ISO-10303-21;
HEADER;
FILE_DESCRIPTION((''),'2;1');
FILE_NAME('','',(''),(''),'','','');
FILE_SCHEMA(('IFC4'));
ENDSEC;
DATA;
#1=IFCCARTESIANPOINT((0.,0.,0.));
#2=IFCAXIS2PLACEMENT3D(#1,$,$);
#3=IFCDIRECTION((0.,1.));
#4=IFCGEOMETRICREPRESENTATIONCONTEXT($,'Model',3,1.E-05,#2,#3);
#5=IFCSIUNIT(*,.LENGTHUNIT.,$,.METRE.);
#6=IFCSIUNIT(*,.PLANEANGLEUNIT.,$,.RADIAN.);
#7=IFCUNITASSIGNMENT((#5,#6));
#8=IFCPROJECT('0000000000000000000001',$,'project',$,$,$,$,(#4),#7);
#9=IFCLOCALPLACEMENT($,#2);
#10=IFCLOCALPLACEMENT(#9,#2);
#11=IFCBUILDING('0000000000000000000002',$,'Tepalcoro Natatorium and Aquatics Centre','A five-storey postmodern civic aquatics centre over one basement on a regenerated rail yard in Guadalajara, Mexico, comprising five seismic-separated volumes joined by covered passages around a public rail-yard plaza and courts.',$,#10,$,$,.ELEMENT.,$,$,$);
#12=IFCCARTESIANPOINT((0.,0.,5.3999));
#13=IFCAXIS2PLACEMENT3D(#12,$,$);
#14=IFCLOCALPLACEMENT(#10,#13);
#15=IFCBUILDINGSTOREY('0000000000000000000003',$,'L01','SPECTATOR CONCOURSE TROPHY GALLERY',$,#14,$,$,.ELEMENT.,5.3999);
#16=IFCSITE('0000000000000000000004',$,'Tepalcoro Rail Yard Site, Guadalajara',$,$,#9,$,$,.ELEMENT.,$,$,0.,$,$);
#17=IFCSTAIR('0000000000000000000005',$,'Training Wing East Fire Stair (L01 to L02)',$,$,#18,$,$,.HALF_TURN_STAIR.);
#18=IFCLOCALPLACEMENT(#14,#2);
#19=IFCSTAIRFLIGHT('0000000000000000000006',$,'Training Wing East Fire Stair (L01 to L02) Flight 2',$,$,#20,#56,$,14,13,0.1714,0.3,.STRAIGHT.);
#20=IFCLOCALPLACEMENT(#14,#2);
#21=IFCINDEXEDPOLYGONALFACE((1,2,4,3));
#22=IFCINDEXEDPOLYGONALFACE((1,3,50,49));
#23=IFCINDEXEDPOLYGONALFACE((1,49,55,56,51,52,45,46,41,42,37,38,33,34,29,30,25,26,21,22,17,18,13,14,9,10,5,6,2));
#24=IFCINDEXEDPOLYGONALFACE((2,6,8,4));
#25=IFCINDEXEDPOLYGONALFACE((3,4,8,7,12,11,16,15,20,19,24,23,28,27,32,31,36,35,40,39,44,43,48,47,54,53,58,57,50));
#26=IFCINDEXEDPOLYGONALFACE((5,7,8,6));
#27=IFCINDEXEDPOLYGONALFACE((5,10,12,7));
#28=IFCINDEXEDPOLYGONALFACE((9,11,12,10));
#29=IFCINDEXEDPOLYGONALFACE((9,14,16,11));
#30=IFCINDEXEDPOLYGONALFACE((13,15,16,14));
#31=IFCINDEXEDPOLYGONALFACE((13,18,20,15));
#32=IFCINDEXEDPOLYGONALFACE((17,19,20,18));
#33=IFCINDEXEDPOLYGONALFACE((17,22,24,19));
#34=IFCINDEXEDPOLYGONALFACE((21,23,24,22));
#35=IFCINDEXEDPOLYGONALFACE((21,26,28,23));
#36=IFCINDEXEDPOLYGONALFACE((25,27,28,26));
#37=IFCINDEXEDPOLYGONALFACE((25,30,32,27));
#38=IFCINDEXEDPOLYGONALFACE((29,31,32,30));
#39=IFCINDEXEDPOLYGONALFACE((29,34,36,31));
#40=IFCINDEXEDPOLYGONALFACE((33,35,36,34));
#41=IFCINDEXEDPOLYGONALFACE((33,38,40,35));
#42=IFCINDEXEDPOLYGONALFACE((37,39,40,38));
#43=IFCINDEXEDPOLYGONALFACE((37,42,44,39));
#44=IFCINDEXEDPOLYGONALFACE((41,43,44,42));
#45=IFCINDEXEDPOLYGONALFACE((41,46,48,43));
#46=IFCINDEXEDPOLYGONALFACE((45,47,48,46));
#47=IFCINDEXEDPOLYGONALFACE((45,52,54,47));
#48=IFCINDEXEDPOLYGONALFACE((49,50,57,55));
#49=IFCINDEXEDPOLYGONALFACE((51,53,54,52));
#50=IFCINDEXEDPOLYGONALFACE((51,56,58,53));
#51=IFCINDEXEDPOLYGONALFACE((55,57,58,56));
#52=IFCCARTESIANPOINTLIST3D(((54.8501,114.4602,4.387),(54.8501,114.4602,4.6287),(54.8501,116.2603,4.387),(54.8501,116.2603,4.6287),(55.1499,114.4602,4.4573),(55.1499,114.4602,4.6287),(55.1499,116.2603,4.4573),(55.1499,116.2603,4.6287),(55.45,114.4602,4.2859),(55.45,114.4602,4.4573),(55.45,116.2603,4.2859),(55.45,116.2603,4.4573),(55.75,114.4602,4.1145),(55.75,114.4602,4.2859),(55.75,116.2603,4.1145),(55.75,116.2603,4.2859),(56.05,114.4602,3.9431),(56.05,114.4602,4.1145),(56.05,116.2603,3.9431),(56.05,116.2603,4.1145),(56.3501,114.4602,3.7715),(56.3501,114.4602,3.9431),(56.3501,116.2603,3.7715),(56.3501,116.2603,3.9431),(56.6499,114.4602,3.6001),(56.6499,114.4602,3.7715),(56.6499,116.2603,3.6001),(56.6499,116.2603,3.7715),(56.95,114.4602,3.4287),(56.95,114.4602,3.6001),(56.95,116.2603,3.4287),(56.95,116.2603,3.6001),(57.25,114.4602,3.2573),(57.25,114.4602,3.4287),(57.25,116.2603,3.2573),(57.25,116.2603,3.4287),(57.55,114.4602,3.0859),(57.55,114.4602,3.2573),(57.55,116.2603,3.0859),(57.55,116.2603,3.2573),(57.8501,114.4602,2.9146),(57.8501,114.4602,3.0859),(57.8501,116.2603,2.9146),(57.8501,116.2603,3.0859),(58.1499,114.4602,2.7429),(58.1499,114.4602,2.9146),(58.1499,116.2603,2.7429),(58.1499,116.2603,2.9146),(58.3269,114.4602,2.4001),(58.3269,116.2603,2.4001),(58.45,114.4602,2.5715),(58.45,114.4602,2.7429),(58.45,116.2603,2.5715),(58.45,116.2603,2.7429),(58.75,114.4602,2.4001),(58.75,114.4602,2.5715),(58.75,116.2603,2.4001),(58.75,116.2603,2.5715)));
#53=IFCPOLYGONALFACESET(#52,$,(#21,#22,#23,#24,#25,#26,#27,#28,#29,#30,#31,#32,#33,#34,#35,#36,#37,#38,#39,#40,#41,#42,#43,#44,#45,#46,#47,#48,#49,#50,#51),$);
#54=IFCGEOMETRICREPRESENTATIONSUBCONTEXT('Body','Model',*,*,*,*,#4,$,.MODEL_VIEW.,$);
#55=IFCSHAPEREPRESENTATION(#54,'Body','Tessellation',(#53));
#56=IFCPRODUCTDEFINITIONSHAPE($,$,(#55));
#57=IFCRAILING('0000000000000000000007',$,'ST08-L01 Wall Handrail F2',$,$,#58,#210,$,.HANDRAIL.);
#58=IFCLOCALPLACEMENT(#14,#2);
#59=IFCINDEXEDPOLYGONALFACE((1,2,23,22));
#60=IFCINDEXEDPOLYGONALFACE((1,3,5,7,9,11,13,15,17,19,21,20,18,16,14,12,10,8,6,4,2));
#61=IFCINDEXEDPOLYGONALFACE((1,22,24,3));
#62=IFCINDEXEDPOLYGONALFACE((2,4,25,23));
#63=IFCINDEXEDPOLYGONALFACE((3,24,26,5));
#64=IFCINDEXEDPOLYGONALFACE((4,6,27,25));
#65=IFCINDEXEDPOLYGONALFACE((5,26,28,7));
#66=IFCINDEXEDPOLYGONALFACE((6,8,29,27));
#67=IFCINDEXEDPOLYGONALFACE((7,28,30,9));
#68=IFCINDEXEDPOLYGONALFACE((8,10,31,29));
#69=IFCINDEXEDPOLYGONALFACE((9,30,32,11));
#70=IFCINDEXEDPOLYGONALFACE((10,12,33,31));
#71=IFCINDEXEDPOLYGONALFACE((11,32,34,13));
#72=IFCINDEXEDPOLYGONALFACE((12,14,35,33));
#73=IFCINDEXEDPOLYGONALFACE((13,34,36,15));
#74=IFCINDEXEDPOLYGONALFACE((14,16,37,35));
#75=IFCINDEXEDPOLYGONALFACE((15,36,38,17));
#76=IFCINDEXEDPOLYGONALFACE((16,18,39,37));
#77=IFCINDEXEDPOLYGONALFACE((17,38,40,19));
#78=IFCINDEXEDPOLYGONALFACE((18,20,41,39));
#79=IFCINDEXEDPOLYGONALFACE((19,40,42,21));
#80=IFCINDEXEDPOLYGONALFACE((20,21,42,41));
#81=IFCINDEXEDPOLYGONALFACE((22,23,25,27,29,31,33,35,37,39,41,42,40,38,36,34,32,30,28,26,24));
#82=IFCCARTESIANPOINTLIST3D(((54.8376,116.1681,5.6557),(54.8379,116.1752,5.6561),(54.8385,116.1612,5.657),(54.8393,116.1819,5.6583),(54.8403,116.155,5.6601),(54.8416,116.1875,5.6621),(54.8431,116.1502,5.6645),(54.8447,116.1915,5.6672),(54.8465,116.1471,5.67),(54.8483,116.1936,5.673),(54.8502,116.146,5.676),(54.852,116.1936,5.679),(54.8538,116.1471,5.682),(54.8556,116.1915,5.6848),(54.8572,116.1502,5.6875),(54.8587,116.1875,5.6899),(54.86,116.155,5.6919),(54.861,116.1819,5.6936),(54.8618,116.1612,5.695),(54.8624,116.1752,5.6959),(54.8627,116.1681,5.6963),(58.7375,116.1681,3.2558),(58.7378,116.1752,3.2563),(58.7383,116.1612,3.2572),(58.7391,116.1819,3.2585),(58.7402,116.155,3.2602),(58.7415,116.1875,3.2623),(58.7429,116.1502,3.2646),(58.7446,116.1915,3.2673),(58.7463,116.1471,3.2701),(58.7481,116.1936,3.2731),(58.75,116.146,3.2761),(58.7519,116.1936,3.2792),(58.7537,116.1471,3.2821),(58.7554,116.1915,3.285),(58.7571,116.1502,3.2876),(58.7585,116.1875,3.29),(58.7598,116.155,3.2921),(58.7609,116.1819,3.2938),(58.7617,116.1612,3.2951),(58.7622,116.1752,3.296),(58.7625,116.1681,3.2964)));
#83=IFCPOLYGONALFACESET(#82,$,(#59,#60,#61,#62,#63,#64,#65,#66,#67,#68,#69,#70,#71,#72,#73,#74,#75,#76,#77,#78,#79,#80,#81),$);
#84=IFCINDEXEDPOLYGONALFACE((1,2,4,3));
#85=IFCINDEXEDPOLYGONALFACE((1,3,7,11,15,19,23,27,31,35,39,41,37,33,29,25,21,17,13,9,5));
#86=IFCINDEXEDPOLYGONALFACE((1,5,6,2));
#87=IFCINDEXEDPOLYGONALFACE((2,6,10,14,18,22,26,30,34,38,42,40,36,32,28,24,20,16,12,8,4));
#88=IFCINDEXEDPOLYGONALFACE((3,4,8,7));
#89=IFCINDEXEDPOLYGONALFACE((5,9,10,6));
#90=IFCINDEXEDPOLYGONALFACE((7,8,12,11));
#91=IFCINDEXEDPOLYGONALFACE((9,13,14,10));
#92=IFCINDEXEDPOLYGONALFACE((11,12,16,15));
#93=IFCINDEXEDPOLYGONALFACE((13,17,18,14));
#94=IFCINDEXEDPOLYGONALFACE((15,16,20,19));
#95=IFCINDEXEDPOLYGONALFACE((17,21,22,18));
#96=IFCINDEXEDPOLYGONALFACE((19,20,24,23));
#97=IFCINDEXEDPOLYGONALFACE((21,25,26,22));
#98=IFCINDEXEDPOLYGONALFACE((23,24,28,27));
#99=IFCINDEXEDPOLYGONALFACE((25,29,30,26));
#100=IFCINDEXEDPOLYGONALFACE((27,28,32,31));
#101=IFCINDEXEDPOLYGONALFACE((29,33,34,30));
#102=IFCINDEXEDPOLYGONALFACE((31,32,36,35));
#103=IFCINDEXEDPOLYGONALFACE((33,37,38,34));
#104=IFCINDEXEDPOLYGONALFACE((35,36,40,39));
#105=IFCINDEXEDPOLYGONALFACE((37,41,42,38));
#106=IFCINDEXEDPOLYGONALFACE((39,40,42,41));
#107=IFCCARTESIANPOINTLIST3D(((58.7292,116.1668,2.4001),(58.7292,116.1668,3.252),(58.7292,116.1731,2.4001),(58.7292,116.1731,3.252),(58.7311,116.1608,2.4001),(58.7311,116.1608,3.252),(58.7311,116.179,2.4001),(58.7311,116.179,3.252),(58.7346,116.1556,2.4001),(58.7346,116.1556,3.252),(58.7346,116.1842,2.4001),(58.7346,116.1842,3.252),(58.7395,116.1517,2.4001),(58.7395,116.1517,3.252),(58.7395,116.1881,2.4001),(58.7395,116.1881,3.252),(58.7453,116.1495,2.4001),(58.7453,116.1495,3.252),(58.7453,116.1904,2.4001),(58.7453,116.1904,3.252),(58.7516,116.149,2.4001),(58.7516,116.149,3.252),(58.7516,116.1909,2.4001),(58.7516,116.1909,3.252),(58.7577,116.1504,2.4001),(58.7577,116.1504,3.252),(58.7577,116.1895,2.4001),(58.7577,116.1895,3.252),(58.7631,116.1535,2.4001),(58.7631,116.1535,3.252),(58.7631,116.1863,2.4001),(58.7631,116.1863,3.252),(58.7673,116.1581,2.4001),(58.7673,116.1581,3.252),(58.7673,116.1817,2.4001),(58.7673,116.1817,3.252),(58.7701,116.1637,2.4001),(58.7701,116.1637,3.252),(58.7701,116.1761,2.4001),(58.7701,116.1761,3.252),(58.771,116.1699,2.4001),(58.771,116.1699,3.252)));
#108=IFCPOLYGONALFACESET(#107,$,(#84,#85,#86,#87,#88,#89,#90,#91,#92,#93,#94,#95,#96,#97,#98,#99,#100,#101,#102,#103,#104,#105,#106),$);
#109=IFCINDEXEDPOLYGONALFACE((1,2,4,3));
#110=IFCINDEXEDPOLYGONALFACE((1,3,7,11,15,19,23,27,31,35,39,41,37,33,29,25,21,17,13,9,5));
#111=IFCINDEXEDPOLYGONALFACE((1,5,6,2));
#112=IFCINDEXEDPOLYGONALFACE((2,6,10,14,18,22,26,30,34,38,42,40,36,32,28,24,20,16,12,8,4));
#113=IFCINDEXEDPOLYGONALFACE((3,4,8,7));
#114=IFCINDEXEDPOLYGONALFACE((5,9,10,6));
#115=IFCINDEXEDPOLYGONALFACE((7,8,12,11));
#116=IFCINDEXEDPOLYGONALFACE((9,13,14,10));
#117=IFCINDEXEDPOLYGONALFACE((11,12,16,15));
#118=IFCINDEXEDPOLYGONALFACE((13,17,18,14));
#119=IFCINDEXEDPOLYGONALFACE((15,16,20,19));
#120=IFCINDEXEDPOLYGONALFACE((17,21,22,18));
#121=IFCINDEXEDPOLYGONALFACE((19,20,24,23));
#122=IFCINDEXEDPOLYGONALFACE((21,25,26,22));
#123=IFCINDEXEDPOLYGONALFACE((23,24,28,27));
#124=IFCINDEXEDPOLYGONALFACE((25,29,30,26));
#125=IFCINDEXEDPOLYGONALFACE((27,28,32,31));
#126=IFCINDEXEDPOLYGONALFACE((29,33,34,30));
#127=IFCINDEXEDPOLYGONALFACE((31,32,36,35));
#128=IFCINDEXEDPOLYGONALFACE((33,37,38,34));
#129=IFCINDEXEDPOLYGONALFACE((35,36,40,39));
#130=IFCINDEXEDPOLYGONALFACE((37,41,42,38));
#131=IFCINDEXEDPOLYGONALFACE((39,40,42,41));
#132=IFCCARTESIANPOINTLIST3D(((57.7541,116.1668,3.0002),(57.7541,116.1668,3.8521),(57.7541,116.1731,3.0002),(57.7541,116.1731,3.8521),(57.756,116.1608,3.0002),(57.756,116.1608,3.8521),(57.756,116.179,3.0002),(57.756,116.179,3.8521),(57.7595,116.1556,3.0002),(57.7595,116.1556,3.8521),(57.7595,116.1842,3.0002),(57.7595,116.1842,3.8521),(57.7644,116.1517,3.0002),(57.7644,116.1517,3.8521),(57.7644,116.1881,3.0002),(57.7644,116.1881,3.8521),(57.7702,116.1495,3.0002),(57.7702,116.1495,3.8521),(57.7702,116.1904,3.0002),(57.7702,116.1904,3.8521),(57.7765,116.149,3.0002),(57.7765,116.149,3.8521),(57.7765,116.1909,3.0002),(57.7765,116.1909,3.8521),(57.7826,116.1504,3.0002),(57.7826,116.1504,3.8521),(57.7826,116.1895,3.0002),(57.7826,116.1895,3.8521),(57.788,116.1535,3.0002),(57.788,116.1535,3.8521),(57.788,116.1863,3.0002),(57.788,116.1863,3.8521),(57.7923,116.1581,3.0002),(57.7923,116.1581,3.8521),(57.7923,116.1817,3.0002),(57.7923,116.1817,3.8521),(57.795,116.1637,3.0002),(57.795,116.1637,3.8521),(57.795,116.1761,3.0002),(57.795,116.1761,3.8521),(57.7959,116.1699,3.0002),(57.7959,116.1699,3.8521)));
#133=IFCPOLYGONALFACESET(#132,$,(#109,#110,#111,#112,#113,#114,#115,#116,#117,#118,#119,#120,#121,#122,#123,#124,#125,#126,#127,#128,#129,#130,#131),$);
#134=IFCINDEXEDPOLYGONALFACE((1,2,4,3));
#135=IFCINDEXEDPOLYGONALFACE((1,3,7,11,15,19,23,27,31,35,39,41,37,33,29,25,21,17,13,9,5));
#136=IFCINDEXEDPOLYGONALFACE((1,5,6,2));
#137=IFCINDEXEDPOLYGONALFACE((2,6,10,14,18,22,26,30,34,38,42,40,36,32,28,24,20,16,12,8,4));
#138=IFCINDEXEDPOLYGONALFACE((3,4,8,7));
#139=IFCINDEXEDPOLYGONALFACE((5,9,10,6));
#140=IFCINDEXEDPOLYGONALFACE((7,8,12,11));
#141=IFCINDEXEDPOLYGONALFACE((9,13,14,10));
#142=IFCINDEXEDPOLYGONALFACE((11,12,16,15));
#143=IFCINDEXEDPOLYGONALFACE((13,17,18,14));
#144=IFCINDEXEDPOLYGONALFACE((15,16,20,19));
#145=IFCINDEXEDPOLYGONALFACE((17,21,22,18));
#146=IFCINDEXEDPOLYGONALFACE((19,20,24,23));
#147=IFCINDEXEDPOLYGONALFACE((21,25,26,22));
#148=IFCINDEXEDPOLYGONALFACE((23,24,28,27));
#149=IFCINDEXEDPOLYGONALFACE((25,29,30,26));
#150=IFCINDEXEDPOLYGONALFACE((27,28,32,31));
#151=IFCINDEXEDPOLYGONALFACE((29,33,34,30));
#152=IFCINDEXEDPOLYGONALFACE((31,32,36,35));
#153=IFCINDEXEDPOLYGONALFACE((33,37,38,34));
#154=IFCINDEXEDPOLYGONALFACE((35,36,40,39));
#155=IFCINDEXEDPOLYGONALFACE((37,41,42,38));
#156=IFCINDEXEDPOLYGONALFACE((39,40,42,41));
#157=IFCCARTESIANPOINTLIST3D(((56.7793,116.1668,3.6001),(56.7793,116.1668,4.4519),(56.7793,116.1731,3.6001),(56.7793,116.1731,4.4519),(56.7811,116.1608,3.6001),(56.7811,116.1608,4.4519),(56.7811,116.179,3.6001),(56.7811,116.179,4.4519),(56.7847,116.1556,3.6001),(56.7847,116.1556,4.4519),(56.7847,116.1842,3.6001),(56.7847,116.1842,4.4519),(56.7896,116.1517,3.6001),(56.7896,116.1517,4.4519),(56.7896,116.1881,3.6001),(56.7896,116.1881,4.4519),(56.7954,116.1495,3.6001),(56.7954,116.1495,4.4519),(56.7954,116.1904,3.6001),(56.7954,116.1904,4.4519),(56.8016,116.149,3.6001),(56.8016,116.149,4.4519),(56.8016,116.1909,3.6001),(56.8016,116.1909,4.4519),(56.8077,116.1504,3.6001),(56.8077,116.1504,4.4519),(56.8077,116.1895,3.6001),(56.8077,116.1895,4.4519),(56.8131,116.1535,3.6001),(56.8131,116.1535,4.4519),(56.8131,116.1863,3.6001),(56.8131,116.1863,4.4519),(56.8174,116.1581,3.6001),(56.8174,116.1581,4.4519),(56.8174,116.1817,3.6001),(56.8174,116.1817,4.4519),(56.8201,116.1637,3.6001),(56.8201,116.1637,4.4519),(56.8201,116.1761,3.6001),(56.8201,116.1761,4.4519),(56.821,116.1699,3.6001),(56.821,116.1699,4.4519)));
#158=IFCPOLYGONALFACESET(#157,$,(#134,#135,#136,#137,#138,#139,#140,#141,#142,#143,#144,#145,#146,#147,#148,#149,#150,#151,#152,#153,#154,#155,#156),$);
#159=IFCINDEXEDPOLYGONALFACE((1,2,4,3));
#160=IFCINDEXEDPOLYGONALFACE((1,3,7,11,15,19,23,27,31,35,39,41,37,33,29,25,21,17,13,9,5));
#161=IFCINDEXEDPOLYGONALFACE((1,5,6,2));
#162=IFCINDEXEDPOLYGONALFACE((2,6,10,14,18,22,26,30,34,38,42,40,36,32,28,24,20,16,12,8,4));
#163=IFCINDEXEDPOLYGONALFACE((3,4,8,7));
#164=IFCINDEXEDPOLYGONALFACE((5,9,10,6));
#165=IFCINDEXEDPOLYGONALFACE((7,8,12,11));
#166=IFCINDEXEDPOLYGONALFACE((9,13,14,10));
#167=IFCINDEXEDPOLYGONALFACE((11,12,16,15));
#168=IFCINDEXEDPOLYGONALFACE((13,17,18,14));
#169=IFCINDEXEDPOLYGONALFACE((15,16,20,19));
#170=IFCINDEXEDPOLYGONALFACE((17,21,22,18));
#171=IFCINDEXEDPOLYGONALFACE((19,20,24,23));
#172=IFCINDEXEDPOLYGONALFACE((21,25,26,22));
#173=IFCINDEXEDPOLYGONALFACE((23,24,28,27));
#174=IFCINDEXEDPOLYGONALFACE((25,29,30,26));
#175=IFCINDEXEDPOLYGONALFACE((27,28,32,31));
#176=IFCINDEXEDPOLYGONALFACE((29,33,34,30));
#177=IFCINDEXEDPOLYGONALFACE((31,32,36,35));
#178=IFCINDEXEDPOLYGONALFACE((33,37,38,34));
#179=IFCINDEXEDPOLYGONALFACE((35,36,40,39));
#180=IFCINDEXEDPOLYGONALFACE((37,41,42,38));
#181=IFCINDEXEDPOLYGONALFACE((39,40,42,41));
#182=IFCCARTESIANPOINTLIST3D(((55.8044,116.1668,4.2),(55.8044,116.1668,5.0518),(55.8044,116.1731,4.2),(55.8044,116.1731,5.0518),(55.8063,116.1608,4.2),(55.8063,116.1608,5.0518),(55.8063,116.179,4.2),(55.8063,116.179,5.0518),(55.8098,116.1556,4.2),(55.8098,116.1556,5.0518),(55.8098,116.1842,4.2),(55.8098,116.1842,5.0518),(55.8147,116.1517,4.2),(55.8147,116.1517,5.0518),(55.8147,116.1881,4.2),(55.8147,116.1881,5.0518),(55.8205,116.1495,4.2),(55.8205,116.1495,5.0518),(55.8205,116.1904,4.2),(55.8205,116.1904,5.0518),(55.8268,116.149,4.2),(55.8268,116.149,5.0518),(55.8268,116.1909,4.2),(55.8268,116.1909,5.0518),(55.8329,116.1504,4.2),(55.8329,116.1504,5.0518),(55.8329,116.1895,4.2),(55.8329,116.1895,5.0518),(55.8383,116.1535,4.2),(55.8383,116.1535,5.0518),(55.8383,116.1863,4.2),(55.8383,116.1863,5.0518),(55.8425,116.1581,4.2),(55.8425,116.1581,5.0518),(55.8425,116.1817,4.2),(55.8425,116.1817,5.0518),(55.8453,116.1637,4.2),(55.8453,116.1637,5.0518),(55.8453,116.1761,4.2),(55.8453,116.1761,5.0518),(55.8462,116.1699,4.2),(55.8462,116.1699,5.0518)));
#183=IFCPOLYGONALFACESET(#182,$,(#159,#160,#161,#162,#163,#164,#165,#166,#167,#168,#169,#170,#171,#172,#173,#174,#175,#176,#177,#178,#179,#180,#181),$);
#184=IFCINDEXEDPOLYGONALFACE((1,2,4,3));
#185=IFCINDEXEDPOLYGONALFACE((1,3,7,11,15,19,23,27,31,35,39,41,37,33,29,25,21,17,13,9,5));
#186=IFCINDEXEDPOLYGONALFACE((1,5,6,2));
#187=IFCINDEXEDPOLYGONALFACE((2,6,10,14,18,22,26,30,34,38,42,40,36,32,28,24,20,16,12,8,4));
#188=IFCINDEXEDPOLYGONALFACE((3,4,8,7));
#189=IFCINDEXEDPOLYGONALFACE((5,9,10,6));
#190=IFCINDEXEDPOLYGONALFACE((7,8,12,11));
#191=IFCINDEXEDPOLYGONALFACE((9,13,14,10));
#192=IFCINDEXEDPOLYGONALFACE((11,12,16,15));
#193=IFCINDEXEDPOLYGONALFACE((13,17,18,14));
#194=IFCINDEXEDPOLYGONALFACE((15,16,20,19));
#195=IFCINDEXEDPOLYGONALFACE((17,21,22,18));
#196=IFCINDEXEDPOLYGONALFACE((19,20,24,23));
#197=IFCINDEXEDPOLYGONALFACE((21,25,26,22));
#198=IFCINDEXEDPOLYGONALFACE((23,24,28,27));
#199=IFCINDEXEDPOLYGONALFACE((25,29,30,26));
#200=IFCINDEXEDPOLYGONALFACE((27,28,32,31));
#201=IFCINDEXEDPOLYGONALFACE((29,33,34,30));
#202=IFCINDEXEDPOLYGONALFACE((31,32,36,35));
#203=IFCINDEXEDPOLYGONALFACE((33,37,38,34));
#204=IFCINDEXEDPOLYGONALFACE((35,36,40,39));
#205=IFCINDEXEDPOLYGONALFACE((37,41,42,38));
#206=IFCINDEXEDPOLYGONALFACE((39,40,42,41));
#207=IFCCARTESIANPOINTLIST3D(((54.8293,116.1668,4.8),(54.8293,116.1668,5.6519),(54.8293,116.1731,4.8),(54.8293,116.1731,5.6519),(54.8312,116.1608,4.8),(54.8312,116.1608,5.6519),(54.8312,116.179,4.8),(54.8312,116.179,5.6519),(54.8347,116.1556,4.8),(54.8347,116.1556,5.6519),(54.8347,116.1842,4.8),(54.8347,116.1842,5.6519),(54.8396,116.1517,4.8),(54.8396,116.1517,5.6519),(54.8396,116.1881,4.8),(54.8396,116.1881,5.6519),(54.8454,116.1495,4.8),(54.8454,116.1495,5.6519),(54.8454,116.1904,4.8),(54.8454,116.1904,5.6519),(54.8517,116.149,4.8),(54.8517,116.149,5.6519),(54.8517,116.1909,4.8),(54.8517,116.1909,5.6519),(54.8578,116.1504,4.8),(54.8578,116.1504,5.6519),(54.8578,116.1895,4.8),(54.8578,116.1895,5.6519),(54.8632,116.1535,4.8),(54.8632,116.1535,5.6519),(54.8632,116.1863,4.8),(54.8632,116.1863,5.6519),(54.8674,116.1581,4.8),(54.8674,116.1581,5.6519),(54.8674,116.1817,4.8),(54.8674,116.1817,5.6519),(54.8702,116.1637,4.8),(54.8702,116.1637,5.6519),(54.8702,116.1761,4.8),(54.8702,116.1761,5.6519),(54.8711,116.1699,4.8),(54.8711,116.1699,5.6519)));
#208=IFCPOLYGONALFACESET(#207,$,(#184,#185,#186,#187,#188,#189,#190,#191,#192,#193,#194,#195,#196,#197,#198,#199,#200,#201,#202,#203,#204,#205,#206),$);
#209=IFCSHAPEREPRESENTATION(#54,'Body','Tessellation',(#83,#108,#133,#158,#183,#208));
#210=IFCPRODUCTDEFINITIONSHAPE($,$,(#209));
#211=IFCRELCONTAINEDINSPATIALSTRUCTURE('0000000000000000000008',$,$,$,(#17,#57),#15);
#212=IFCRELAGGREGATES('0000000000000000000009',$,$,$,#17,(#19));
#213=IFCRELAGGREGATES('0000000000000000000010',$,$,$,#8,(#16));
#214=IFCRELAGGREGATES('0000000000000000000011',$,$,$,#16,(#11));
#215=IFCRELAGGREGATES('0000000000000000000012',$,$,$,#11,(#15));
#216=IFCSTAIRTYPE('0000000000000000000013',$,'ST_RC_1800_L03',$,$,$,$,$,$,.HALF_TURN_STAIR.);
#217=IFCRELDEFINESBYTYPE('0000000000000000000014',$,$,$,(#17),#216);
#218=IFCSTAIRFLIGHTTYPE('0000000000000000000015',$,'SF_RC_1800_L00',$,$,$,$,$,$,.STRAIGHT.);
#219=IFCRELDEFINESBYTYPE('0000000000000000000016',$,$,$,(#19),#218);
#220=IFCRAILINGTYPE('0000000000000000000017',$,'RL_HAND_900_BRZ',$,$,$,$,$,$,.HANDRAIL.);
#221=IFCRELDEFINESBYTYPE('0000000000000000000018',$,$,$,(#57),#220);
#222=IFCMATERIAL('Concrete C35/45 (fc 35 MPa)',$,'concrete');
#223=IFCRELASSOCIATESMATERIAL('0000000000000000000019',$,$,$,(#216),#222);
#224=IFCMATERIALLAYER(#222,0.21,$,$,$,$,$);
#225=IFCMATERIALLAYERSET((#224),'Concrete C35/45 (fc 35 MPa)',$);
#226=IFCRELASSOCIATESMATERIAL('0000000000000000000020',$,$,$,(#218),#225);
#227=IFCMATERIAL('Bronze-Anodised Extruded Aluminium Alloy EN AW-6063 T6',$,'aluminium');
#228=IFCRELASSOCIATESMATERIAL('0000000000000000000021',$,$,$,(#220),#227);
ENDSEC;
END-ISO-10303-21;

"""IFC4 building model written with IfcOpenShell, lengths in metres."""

from ifc_helpers import new_model, si_unit, direction, frame, origin, origin_2d, place, context, subcontext, project, spatial, polyline, circle, outline, extrude, material, layer, layer_set, type_object, element, aggregate, save


model = new_model("IFC4")

# Units and contexts
model_context = context("Model", 3, precision=1e-05, world=origin(), true_north=direction((0.0, 1.0)))
body_context = subcontext(model_context, "Body", "Model", "MODEL_VIEW")
ifc_project = project(units=[si_unit("LENGTHUNIT", "METRE"), si_unit("PLANEANGLEUNIT", "RADIAN")], contexts=[model_context])

# Site, building, storey
site_placement = place(None, origin())
site = spatial("IfcSite", under=ifc_project, at=site_placement, Name="Tepalcoro Rail Yard Site, Guadalajara", CompositionType="ELEMENT", RefElevation=0.0)
building_placement = place(site_placement, origin())
building = spatial("IfcBuilding", under=site, at=building_placement, Name="Tepalcoro Natatorium and Aquatics Centre", Description="A five-storey postmodern civic aquatics centre over one basement on a regenerated rail yard in Guadalajara, Mexico, comprising five seismic-separated volumes joined by covered passages around a public rail-yard plaza and courts.", CompositionType="ELEMENT")
storey_placement = place(building_placement, frame((0.0, 0.0, 5.3999)))
storey = spatial("IfcBuildingStorey", under=building, at=storey_placement, Name="L01", Description="SPECTATOR CONCOURSE TROPHY GALLERY", CompositionType="ELEMENT", Elevation=5.3999)

# Shared definitions
ifc_material_1 = material(Name="Bronze-Anodised Extruded Aluminium Alloy EN AW-6063 T6", Category="aluminium")

# Stair, stair flight
ifc_material_2 = material(Name="Concrete C35/45 (fc 35 MPa)", Category="concrete")
stair_type = type_object("IfcStairType", Name="ST_RC_1800_L03", PredefinedType="HALF_TURN_STAIR", material=ifc_material_2)
stair_placement = place(storey_placement, origin())
stair = element("IfcStair", 1, at=stair_placement, inside=storey, type_object=stair_type, Name="Training Wing East Fire Stair (L01 to L02)", PredefinedType="HALF_TURN_STAIR")
ifc_layer_1 = layer(ifc_material_2, 0.21)
ifc_layer_set_1 = layer_set([ifc_layer_1], Name="Concrete C35/45 (fc 35 MPa)")
stair_flight_type = type_object("IfcStairFlightType", Name="SF_RC_1800_L00", PredefinedType="STRAIGHT", material=ifc_layer_set_1)
stair_flight_placement = place(storey_placement, frame((58.75, 115.3601, 2.4001), z_axis=(0.0, 0.0, 1.0), x_axis=(-1.0, 0.0, 0.0)))
stair_flight = element("IfcStairFlight", 2, at=stair_flight_placement, type_object=stair_flight_type, Name="Training Wing East Fire Stair (L01 to L02) Flight 2", NumberOfRisers=14, NumberOfTreads=13, PredefinedType="STRAIGHT", RiserHeight=0.1714, TreadLength=0.3, context=body_context, shape_type="SweptSolid", body=[
    extrude(outline(polyline([(0.0, 0.0), (0.0, 0.1714), (0.3, 0.1714), (0.3, 0.3428), (0.6001, 0.3428), (0.6001, 0.5144), (0.8999, 0.5144), (0.8999, 0.6858), (1.2, 0.6858), (1.2, 0.8572), (1.5, 0.8572), (1.5, 1.0286), (1.8, 1.0286), (1.8, 1.2), (2.1001, 1.2), (2.1001, 1.3713), (2.3999, 1.3713), (2.3999, 1.543), (2.7, 1.543), (2.7, 1.7144), (3.0, 1.7144), (3.0, 1.8857), (3.3, 1.8857), (3.3, 2.0571), (3.6001, 2.0571), (3.6001, 2.2285), (3.8999, 2.2285), (3.8999, 2.3999), (3.8999, 1.9868), (0.4231, 0.0), (0.0, 0.0)])), frame((0.0, 0.8999, 0.0), z_axis=(0.0, -1.0, 0.0), x_axis=(1.0, 0.0, 0.0)), (0.0, 0.0, 1.0), 1.8),
])
aggregate(stair, [stair_flight])

# Railing
railing_type = type_object("IfcRailingType", Name="RL_HAND_900_BRZ", PredefinedType="HANDRAIL", material=ifc_material_1)
railing_placement = place(storey_placement, frame((58.75, 116.1699, 2.4001)))
element("IfcRailing", 3, at=railing_placement, inside=storey, type_object=railing_type, Name="ST08-L01 Wall Handrail F2", PredefinedType="HANDRAIL", context=body_context, shape_type="SweptSolid", body=[
    extrude(circle(Radius=0.0239, at=origin_2d()), frame((0.0, 0.0, 0.876), z_axis=(-0.851662, 0.0, 0.524091), x_axis=(0.0, -1.0, 0.0)), (0.0, 0.0, 1.0), 4.5791),
    extrude(circle(Radius=0.021, at=origin_2d()), origin(), (0.0, 0.0, 1.0), 0.8518),
    extrude(circle(Radius=0.021, at=origin_2d()), frame((-0.9751, 0.0, 0.6001)), (0.0, 0.0, 1.0), 0.8518),
    extrude(circle(Radius=0.021, at=origin_2d()), frame((-1.95, 0.0, 1.2)), (0.0, 0.0, 1.0), 0.8518),
    extrude(circle(Radius=0.021, at=origin_2d()), frame((-2.9248, 0.0, 1.7998)), (0.0, 0.0, 1.0), 0.8518),
    extrude(circle(Radius=0.021, at=origin_2d()), frame((-3.8999, 0.0, 2.3999)), (0.0, 0.0, 1.0), 0.8518),
])

save(model, "model.ifc")
